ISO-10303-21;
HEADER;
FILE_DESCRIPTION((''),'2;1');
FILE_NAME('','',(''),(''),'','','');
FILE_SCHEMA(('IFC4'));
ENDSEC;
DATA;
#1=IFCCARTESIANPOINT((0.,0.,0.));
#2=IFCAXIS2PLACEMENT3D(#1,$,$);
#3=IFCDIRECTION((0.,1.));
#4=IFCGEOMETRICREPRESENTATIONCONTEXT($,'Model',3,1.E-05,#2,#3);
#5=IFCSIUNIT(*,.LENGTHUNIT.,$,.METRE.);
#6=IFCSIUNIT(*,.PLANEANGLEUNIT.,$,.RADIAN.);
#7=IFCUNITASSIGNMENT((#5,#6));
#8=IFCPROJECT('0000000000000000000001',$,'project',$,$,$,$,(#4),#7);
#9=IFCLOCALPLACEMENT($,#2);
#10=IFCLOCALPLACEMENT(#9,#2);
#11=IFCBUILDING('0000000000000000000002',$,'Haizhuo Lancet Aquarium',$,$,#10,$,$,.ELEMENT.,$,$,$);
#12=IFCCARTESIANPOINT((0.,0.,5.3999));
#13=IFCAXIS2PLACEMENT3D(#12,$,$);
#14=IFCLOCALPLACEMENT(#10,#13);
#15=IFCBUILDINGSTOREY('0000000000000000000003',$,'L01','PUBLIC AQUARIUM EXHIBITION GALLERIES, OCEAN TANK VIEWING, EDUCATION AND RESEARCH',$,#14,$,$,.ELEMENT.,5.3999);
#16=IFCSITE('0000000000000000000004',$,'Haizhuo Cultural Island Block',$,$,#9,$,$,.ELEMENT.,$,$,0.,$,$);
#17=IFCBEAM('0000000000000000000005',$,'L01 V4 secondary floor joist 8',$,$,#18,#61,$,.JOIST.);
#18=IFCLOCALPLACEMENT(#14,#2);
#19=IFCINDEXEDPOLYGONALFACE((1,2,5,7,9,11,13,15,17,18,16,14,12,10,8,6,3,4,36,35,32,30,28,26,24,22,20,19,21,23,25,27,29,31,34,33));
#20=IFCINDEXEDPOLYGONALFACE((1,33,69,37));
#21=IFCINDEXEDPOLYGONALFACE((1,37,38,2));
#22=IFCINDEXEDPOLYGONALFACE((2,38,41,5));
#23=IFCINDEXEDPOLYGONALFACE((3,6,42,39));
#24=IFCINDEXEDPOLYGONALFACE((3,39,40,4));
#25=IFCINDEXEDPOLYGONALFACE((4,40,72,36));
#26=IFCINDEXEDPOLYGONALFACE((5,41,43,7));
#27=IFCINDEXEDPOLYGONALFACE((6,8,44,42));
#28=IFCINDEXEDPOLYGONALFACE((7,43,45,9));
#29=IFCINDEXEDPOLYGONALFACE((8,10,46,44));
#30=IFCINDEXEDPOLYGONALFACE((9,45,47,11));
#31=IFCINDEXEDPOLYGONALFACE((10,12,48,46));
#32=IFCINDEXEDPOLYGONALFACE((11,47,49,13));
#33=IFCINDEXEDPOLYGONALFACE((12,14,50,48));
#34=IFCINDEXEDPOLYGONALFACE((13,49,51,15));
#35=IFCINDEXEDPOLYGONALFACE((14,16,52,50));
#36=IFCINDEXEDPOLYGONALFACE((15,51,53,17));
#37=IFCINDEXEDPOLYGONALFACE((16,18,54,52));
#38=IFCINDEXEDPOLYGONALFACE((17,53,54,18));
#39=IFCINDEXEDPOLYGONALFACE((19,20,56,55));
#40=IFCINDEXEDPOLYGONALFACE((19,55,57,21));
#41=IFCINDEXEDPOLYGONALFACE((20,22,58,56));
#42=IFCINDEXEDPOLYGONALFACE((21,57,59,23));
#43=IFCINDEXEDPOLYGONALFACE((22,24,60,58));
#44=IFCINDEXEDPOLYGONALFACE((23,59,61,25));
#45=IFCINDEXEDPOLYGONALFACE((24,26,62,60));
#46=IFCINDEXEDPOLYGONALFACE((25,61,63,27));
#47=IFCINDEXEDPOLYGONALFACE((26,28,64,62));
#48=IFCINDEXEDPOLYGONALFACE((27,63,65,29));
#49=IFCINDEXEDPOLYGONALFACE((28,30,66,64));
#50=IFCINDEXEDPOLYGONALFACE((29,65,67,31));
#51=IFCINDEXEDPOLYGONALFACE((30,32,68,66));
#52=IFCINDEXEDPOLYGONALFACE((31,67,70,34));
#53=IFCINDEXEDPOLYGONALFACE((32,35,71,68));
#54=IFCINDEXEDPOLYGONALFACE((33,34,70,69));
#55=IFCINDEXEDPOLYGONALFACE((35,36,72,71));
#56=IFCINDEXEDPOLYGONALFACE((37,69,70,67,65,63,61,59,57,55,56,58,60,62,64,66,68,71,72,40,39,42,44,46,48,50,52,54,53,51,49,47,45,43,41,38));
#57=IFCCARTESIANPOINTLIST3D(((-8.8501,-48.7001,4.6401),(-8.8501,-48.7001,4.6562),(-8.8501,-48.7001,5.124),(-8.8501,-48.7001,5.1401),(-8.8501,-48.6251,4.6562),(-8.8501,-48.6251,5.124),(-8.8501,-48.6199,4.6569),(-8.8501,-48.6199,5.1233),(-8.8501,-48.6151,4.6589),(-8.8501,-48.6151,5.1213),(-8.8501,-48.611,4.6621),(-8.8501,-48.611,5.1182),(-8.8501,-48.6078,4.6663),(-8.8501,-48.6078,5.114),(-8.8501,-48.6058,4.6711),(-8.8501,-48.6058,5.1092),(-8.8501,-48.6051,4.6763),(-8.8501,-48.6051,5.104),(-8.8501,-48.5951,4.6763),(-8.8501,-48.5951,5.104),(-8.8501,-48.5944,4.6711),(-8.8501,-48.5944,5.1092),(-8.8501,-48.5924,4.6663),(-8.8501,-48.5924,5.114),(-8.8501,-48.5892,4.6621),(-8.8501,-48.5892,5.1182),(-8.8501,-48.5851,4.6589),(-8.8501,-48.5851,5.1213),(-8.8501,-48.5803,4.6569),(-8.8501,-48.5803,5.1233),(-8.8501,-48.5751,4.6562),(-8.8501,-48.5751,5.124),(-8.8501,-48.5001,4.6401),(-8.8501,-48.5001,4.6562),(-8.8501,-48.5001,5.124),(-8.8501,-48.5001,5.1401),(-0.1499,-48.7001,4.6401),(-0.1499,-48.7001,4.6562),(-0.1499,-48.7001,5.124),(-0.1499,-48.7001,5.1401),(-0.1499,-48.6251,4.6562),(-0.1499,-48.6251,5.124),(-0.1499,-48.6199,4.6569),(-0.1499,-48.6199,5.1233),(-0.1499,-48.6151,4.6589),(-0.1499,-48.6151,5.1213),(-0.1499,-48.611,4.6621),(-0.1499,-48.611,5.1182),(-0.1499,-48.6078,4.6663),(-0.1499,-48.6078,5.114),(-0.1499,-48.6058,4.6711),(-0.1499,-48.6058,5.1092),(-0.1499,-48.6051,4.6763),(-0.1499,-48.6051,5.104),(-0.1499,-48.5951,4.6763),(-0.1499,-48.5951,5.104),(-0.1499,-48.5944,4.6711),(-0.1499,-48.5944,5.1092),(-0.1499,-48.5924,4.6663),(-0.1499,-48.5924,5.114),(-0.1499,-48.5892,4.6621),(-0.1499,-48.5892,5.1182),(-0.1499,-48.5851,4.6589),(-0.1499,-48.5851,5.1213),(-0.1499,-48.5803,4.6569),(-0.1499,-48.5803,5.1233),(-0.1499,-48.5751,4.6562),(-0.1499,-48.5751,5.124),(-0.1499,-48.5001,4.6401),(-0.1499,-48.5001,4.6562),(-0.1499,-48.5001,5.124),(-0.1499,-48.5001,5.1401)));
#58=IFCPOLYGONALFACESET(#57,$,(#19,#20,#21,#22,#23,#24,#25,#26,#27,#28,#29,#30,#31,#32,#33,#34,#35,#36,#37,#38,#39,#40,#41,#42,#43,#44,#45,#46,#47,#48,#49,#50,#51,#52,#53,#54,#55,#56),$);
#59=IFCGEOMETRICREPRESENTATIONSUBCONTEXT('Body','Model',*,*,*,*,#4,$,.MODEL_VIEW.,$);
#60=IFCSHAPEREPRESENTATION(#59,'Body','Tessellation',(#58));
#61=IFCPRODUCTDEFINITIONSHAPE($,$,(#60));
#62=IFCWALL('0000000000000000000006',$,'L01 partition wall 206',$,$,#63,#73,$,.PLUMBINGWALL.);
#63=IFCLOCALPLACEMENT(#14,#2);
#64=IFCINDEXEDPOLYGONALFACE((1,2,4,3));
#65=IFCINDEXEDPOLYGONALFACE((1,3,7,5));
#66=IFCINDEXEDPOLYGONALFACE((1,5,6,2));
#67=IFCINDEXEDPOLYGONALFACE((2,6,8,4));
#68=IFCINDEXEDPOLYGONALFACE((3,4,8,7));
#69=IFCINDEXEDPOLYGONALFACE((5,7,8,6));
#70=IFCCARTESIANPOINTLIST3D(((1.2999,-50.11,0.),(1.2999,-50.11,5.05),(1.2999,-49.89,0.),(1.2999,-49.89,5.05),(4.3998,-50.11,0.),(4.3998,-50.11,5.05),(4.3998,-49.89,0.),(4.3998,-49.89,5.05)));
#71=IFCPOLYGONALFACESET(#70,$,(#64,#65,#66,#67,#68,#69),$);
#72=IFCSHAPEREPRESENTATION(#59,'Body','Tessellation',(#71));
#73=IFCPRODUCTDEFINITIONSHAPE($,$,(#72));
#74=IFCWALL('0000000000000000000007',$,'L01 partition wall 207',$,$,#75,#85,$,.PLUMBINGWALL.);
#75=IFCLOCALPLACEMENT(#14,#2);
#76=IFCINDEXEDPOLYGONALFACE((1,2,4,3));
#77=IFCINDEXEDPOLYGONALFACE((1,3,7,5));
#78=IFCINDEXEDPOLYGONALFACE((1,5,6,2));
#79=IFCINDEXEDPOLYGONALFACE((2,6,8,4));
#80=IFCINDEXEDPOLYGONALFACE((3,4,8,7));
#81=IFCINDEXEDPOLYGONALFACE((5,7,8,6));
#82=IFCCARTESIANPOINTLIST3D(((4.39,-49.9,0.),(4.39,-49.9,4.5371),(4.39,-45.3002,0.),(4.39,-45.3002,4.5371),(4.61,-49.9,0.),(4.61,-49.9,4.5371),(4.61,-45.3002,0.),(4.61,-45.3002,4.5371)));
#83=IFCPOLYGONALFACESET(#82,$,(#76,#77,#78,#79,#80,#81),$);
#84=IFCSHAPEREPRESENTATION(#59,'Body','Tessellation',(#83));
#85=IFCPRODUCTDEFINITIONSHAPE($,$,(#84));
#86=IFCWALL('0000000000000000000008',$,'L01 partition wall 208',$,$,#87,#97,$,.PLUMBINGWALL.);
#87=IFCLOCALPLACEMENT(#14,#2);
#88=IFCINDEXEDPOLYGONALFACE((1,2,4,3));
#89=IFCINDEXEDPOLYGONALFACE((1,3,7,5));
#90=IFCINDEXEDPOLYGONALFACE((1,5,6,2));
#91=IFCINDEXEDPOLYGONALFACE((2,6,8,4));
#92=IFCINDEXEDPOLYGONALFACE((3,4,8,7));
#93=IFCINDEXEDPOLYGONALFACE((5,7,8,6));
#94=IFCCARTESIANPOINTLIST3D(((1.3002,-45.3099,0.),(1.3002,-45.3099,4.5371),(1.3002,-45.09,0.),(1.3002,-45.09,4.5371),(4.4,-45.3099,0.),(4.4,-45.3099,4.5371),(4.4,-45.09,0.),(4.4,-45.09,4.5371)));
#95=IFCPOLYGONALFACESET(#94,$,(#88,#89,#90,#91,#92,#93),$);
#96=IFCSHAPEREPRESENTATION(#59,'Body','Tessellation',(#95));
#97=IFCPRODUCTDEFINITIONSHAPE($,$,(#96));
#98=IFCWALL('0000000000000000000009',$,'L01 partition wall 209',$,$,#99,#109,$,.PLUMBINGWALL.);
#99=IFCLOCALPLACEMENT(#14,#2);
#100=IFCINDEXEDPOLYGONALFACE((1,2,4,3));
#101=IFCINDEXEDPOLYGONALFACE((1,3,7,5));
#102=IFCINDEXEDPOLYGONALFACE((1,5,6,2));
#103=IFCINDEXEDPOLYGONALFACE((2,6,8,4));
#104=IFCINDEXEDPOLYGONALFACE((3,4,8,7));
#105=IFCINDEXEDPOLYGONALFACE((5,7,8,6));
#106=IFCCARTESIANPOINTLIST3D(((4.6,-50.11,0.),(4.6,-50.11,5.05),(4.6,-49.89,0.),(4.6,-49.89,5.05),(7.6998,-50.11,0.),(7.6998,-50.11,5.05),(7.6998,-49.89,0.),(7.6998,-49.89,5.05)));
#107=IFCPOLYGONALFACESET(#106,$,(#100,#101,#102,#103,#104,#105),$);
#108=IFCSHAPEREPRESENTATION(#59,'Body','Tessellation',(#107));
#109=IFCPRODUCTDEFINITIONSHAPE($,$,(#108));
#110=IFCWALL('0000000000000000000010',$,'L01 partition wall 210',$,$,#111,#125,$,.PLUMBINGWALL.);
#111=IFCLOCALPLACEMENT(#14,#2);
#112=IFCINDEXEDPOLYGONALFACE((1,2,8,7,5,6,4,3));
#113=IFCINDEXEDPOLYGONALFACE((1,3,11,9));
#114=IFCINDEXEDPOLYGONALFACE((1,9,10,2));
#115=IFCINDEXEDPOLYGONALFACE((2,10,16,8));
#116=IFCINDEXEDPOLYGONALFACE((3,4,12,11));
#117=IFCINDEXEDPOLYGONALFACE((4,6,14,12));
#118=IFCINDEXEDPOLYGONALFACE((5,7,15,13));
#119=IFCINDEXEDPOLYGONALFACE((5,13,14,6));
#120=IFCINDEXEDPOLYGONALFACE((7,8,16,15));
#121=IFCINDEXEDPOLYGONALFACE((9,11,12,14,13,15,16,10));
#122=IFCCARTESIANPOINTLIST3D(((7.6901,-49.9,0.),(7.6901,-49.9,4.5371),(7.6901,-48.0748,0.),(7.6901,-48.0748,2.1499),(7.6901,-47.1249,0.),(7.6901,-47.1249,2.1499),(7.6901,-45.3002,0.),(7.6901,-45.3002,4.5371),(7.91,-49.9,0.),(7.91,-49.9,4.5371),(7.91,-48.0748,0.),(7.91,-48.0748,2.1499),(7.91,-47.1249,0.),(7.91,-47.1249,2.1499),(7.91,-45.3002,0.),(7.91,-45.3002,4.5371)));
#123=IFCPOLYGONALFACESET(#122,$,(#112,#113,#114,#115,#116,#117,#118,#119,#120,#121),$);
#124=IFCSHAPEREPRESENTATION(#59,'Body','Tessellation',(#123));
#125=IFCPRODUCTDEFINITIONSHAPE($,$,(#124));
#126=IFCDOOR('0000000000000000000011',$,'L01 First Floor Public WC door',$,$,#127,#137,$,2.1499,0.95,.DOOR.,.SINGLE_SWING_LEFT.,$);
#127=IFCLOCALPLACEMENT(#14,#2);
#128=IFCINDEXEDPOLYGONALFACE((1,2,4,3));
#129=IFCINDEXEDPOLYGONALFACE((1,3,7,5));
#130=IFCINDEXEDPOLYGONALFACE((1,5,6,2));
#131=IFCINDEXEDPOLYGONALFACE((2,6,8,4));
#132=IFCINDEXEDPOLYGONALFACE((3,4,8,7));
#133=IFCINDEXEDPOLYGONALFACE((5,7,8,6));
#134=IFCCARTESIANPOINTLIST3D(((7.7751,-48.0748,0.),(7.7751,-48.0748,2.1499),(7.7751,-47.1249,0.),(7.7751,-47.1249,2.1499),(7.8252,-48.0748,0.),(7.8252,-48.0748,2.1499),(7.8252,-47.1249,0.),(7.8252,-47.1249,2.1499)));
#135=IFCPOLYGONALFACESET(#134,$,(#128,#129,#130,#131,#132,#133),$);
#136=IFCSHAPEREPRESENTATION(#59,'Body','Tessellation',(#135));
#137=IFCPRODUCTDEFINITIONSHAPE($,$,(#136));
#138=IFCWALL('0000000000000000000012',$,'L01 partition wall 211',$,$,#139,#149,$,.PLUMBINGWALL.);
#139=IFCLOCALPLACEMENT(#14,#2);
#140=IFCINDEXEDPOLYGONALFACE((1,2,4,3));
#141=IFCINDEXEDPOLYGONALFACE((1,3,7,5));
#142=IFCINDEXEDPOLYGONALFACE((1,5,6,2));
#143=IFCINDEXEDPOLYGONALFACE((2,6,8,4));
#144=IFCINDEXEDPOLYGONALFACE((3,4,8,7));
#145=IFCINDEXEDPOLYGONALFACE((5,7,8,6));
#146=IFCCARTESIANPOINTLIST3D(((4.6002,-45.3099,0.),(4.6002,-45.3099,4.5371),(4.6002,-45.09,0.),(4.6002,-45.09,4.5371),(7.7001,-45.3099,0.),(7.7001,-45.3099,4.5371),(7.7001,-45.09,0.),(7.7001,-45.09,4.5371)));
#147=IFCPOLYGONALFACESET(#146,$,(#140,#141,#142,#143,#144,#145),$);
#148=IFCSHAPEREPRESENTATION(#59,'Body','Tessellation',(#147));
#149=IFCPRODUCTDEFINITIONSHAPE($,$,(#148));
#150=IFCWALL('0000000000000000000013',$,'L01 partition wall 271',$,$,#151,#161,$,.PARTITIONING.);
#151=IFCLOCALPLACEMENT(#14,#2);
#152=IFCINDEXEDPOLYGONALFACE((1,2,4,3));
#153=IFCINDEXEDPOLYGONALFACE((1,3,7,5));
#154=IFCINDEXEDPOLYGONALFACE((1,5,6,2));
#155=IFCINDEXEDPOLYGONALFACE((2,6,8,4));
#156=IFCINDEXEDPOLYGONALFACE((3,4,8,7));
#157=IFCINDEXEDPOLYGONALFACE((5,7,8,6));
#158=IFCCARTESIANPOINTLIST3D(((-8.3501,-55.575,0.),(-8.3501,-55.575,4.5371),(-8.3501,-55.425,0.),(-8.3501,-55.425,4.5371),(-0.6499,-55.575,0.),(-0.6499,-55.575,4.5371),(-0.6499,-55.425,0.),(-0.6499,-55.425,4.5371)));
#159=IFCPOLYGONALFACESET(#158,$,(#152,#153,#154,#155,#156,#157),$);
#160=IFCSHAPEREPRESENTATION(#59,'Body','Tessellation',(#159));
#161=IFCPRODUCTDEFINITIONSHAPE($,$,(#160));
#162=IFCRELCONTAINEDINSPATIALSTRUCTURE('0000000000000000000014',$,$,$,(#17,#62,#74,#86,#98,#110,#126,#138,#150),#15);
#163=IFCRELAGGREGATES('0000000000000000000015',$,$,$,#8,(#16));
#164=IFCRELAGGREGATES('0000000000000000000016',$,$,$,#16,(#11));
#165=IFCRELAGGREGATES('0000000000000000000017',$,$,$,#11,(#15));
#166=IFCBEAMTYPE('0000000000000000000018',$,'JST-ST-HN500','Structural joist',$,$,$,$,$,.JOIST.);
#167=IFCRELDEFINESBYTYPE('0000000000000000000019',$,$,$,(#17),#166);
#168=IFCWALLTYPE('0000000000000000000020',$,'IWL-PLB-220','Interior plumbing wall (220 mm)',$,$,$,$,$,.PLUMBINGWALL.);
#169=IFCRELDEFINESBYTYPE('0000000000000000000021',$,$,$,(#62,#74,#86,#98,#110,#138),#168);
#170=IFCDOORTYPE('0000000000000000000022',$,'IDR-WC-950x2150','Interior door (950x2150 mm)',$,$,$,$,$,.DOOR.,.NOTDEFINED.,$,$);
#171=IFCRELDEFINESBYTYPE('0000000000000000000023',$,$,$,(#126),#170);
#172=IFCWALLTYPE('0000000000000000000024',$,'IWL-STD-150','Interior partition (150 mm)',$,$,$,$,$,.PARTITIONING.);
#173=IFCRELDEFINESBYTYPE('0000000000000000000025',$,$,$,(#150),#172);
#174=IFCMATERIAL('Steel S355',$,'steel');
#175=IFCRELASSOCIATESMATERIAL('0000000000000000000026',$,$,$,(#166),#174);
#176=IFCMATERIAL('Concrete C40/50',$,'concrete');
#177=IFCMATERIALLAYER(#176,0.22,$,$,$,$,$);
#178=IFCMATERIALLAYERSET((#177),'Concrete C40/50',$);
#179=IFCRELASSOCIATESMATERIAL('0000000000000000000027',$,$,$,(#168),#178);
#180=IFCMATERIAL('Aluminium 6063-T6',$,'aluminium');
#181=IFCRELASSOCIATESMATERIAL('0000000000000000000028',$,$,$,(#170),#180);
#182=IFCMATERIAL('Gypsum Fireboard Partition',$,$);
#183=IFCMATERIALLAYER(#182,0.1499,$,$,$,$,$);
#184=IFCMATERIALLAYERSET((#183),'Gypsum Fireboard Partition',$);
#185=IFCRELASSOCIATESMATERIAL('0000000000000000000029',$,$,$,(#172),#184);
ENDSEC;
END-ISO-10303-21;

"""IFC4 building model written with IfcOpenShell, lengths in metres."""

from ifc_helpers import new_model, si_unit, direction, frame, frame_2d, origin, origin_2d, place, context, subcontext, project, spatial, rectangle, i_section, extrude, material, layer, layer_set, material_profile, profile_set, type_object, element, fill, save


model = new_model("IFC4")

# Units and contexts
model_context = context("Model", 3, precision=1e-05, world=origin(), true_north=direction((0.0, 1.0)))
body_context = subcontext(model_context, "Body", "Model", "MODEL_VIEW")
ifc_project = project(units=[si_unit("LENGTHUNIT", "METRE"), si_unit("PLANEANGLEUNIT", "RADIAN")], contexts=[model_context])

# Site, building, storey
site_placement = place(None, origin())
site = spatial("IfcSite", under=ifc_project, at=site_placement, Name="Haizhuo Cultural Island Block", CompositionType="ELEMENT", RefElevation=0.0)
building_placement = place(site_placement, origin())
building = spatial("IfcBuilding", under=site, at=building_placement, Name="Haizhuo Lancet Aquarium", CompositionType="ELEMENT")
storey_placement = place(building_placement, frame((0.0, 0.0, 5.3999)))
storey = spatial("IfcBuildingStorey", under=building, at=storey_placement, Name="L01", Description="PUBLIC AQUARIUM EXHIBITION GALLERIES, OCEAN TANK VIEWING, EDUCATION AND RESEARCH", CompositionType="ELEMENT", Elevation=5.3999)

# Shared definitions
ifc_material_1 = material(Name="Steel S355", Category="steel")

# Beam
ifc_material_profile_1 = material_profile(ifc_material_1, i_section(OverallWidth=0.2, OverallDepth=0.5, WebThickness=0.01, FlangeThickness=0.0161, FilletRadius=0.02, at=origin_2d()), Name="HN 500x200x10x16")
ifc_profile_set_1 = profile_set([ifc_material_profile_1], Name="Steel S355")
beam_type_1 = type_object("IfcBeamType", Name="JST-ST-HN500", Description="Structural joist", PredefinedType="JOIST", material=ifc_profile_set_1)
beam_1_placement = place(storey_placement, frame((-8.8501, -48.6001, 4.8901), z_axis=(1.0, 0.0, 0.0), x_axis=(0.0, 1.0, 0.0)))
element("IfcBeam", 1, at=beam_1_placement, inside=storey, type_object=beam_type_1, Name="L01 V4 secondary floor joist 8", PredefinedType="JOIST", context=body_context, shape_type="SweptSolid", body=[
    extrude(i_section(OverallWidth=0.2, OverallDepth=0.5, WebThickness=0.01, FlangeThickness=0.0161, FilletRadius=0.02, at=origin_2d()), origin(), (0.0, 0.0, 1.0), 8.7002),
])

# Shared definitions
ifc_material_2 = material(Name="Concrete C40/50", Category="concrete")
ifc_layer_1 = layer(ifc_material_2, 0.22)
ifc_layer_set_1 = layer_set([ifc_layer_1], Name="Concrete C40/50")
wall_type_1 = type_object("IfcWallType", Name="IWL-PLB-220", Description="Interior plumbing wall (220 mm)", PredefinedType="PLUMBINGWALL", material=ifc_layer_set_1)
ifc_material_3 = material(Name="Aluminium 6063-T6", Category="aluminium")

# Walls
wall_1_placement = place(storey_placement, frame((1.3, -50.0, 0.0), z_axis=(0.0, 0.0, 1.0), x_axis=(1.0, 0.0, 0.0)))
element("IfcWall", 2, at=wall_1_placement, inside=storey, type_object=wall_type_1, Name="L01 partition wall 206", PredefinedType="PLUMBINGWALL", context=body_context, shape_type="SweptSolid", body=[
    extrude(rectangle(XDim=3.0999, YDim=0.22, at=frame_2d((1.5498, 0.0))), origin(), (0.0, 0.0, 1.0), 5.05),
])
wall_2_placement = place(storey_placement, frame((4.5, -49.8999, 0.0), z_axis=(0.0, 0.0, 1.0), x_axis=(0.0, 1.0, 0.0)))
element("IfcWall", 3, at=wall_2_placement, inside=storey, type_object=wall_type_1, Name="L01 partition wall 207", PredefinedType="PLUMBINGWALL", context=body_context, shape_type="SweptSolid", body=[
    extrude(rectangle(XDim=4.5999, YDim=0.22, at=frame_2d((2.2998, 0.0))), origin(), (0.0, 0.0, 1.0), 4.5371),
])
wall_3_placement = place(storey_placement, frame((4.3999, -45.2, 0.0), z_axis=(0.0, 0.0, 1.0), x_axis=(-1.0, 0.0, 0.0)))
element("IfcWall", 4, at=wall_3_placement, inside=storey, type_object=wall_type_1, Name="L01 partition wall 208", PredefinedType="PLUMBINGWALL", context=body_context, shape_type="SweptSolid", body=[
    extrude(rectangle(XDim=3.0999, YDim=0.22, at=frame_2d((1.5498, 0.0))), origin(), (0.0, 0.0, 1.0), 4.5371),
])
wall_4_placement = place(storey_placement, frame((4.6001, -50.0, 0.0), z_axis=(0.0, 0.0, 1.0), x_axis=(1.0, 0.0, 0.0)))
element("IfcWall", 5, at=wall_4_placement, inside=storey, type_object=wall_type_1, Name="L01 partition wall 209", PredefinedType="PLUMBINGWALL", context=body_context, shape_type="SweptSolid", body=[
    extrude(rectangle(XDim=3.0999, YDim=0.22, at=frame_2d((1.5498, 0.0))), origin(), (0.0, 0.0, 1.0), 5.05),
])

# Wall, opening, door
wall_5_placement = place(storey_placement, frame((7.8, -49.8999, 0.0), z_axis=(0.0, 0.0, 1.0), x_axis=(0.0, 1.0, 0.0)))
wall_5 = element("IfcWall", 6, at=wall_5_placement, inside=storey, type_object=wall_type_1, Name="L01 partition wall 210", PredefinedType="PLUMBINGWALL", context=body_context, shape_type="SweptSolid", body=[
    extrude(rectangle(XDim=4.5999, YDim=0.22, at=frame_2d((2.2998, 0.0))), origin(), (0.0, 0.0, 1.0), 4.5371),
])
opening_1_placement = place(wall_5_placement, frame((1.825, 0.0, 0.0)))
opening_1 = element("IfcOpeningElement", 7, at=opening_1_placement, cuts=wall_5, PredefinedType="OPENING", context=body_context, shape_type="SweptSolid", body=[
    extrude(rectangle(XDim=0.95, YDim=2.1499, at=frame_2d((0.4751, 1.075))), frame((0.0, 0.1199, 0.0), z_axis=(0.0, -1.0, 0.0), x_axis=(1.0, 0.0, 0.0)), (0.0, 0.0, 1.0), 0.24),
])
door_type_1 = type_object("IfcDoorType", Name="IDR-WC-950x2150", Description="Interior door (950x2150 mm)", OperationType="NOTDEFINED", PredefinedType="DOOR", material=ifc_material_3)
door_1_placement = place(opening_1_placement, origin())
door_1 = element("IfcDoor", 8, at=door_1_placement, inside=storey, type_object=door_type_1, Name="L01 First Floor Public WC door", OperationType="SINGLE_SWING_LEFT", OverallHeight=2.1499, OverallWidth=0.95, PredefinedType="DOOR", context=body_context, shape_type="SweptSolid", body=[
    extrude(rectangle(XDim=0.95, YDim=2.1499, at=frame_2d((0.4751, 1.075))), frame((0.0, 0.0249, 0.0), z_axis=(0.0, -1.0, 0.0), x_axis=(1.0, 0.0, 0.0)), (0.0, 0.0, 1.0), 0.05),
])
fill(opening_1, door_1)

# Walls
wall_6_placement = place(storey_placement, frame((7.7, -45.2, 0.0), z_axis=(0.0, 0.0, 1.0), x_axis=(-1.0, 0.0, 0.0)))
element("IfcWall", 9, at=wall_6_placement, inside=storey, type_object=wall_type_1, Name="L01 partition wall 211", PredefinedType="PLUMBINGWALL", context=body_context, shape_type="SweptSolid", body=[
    extrude(rectangle(XDim=3.0999, YDim=0.22, at=frame_2d((1.5498, 0.0))), origin(), (0.0, 0.0, 1.0), 4.5371),
])
ifc_material_4 = material(Name="Gypsum Fireboard Partition")
ifc_layer_2 = layer(ifc_material_4, 0.1499)
ifc_layer_set_2 = layer_set([ifc_layer_2], Name="Gypsum Fireboard Partition")
wall_type_2 = type_object("IfcWallType", Name="IWL-STD-150", Description="Interior partition (150 mm)", PredefinedType="PARTITIONING", material=ifc_layer_set_2)
wall_7_placement = place(storey_placement, frame((-8.3501, -55.5, 0.0), z_axis=(0.0, 0.0, 1.0), x_axis=(1.0, 0.0, 0.0)))
element("IfcWall", 10, at=wall_7_placement, inside=storey, type_object=wall_type_2, Name="L01 partition wall 271", PredefinedType="PARTITIONING", context=body_context, shape_type="SweptSolid", body=[
    extrude(rectangle(XDim=7.7002, YDim=0.1499, at=frame_2d((3.8501, 0.0))), origin(), (0.0, 0.0, 1.0), 4.5371),
])

save(model, "model.ifc")
